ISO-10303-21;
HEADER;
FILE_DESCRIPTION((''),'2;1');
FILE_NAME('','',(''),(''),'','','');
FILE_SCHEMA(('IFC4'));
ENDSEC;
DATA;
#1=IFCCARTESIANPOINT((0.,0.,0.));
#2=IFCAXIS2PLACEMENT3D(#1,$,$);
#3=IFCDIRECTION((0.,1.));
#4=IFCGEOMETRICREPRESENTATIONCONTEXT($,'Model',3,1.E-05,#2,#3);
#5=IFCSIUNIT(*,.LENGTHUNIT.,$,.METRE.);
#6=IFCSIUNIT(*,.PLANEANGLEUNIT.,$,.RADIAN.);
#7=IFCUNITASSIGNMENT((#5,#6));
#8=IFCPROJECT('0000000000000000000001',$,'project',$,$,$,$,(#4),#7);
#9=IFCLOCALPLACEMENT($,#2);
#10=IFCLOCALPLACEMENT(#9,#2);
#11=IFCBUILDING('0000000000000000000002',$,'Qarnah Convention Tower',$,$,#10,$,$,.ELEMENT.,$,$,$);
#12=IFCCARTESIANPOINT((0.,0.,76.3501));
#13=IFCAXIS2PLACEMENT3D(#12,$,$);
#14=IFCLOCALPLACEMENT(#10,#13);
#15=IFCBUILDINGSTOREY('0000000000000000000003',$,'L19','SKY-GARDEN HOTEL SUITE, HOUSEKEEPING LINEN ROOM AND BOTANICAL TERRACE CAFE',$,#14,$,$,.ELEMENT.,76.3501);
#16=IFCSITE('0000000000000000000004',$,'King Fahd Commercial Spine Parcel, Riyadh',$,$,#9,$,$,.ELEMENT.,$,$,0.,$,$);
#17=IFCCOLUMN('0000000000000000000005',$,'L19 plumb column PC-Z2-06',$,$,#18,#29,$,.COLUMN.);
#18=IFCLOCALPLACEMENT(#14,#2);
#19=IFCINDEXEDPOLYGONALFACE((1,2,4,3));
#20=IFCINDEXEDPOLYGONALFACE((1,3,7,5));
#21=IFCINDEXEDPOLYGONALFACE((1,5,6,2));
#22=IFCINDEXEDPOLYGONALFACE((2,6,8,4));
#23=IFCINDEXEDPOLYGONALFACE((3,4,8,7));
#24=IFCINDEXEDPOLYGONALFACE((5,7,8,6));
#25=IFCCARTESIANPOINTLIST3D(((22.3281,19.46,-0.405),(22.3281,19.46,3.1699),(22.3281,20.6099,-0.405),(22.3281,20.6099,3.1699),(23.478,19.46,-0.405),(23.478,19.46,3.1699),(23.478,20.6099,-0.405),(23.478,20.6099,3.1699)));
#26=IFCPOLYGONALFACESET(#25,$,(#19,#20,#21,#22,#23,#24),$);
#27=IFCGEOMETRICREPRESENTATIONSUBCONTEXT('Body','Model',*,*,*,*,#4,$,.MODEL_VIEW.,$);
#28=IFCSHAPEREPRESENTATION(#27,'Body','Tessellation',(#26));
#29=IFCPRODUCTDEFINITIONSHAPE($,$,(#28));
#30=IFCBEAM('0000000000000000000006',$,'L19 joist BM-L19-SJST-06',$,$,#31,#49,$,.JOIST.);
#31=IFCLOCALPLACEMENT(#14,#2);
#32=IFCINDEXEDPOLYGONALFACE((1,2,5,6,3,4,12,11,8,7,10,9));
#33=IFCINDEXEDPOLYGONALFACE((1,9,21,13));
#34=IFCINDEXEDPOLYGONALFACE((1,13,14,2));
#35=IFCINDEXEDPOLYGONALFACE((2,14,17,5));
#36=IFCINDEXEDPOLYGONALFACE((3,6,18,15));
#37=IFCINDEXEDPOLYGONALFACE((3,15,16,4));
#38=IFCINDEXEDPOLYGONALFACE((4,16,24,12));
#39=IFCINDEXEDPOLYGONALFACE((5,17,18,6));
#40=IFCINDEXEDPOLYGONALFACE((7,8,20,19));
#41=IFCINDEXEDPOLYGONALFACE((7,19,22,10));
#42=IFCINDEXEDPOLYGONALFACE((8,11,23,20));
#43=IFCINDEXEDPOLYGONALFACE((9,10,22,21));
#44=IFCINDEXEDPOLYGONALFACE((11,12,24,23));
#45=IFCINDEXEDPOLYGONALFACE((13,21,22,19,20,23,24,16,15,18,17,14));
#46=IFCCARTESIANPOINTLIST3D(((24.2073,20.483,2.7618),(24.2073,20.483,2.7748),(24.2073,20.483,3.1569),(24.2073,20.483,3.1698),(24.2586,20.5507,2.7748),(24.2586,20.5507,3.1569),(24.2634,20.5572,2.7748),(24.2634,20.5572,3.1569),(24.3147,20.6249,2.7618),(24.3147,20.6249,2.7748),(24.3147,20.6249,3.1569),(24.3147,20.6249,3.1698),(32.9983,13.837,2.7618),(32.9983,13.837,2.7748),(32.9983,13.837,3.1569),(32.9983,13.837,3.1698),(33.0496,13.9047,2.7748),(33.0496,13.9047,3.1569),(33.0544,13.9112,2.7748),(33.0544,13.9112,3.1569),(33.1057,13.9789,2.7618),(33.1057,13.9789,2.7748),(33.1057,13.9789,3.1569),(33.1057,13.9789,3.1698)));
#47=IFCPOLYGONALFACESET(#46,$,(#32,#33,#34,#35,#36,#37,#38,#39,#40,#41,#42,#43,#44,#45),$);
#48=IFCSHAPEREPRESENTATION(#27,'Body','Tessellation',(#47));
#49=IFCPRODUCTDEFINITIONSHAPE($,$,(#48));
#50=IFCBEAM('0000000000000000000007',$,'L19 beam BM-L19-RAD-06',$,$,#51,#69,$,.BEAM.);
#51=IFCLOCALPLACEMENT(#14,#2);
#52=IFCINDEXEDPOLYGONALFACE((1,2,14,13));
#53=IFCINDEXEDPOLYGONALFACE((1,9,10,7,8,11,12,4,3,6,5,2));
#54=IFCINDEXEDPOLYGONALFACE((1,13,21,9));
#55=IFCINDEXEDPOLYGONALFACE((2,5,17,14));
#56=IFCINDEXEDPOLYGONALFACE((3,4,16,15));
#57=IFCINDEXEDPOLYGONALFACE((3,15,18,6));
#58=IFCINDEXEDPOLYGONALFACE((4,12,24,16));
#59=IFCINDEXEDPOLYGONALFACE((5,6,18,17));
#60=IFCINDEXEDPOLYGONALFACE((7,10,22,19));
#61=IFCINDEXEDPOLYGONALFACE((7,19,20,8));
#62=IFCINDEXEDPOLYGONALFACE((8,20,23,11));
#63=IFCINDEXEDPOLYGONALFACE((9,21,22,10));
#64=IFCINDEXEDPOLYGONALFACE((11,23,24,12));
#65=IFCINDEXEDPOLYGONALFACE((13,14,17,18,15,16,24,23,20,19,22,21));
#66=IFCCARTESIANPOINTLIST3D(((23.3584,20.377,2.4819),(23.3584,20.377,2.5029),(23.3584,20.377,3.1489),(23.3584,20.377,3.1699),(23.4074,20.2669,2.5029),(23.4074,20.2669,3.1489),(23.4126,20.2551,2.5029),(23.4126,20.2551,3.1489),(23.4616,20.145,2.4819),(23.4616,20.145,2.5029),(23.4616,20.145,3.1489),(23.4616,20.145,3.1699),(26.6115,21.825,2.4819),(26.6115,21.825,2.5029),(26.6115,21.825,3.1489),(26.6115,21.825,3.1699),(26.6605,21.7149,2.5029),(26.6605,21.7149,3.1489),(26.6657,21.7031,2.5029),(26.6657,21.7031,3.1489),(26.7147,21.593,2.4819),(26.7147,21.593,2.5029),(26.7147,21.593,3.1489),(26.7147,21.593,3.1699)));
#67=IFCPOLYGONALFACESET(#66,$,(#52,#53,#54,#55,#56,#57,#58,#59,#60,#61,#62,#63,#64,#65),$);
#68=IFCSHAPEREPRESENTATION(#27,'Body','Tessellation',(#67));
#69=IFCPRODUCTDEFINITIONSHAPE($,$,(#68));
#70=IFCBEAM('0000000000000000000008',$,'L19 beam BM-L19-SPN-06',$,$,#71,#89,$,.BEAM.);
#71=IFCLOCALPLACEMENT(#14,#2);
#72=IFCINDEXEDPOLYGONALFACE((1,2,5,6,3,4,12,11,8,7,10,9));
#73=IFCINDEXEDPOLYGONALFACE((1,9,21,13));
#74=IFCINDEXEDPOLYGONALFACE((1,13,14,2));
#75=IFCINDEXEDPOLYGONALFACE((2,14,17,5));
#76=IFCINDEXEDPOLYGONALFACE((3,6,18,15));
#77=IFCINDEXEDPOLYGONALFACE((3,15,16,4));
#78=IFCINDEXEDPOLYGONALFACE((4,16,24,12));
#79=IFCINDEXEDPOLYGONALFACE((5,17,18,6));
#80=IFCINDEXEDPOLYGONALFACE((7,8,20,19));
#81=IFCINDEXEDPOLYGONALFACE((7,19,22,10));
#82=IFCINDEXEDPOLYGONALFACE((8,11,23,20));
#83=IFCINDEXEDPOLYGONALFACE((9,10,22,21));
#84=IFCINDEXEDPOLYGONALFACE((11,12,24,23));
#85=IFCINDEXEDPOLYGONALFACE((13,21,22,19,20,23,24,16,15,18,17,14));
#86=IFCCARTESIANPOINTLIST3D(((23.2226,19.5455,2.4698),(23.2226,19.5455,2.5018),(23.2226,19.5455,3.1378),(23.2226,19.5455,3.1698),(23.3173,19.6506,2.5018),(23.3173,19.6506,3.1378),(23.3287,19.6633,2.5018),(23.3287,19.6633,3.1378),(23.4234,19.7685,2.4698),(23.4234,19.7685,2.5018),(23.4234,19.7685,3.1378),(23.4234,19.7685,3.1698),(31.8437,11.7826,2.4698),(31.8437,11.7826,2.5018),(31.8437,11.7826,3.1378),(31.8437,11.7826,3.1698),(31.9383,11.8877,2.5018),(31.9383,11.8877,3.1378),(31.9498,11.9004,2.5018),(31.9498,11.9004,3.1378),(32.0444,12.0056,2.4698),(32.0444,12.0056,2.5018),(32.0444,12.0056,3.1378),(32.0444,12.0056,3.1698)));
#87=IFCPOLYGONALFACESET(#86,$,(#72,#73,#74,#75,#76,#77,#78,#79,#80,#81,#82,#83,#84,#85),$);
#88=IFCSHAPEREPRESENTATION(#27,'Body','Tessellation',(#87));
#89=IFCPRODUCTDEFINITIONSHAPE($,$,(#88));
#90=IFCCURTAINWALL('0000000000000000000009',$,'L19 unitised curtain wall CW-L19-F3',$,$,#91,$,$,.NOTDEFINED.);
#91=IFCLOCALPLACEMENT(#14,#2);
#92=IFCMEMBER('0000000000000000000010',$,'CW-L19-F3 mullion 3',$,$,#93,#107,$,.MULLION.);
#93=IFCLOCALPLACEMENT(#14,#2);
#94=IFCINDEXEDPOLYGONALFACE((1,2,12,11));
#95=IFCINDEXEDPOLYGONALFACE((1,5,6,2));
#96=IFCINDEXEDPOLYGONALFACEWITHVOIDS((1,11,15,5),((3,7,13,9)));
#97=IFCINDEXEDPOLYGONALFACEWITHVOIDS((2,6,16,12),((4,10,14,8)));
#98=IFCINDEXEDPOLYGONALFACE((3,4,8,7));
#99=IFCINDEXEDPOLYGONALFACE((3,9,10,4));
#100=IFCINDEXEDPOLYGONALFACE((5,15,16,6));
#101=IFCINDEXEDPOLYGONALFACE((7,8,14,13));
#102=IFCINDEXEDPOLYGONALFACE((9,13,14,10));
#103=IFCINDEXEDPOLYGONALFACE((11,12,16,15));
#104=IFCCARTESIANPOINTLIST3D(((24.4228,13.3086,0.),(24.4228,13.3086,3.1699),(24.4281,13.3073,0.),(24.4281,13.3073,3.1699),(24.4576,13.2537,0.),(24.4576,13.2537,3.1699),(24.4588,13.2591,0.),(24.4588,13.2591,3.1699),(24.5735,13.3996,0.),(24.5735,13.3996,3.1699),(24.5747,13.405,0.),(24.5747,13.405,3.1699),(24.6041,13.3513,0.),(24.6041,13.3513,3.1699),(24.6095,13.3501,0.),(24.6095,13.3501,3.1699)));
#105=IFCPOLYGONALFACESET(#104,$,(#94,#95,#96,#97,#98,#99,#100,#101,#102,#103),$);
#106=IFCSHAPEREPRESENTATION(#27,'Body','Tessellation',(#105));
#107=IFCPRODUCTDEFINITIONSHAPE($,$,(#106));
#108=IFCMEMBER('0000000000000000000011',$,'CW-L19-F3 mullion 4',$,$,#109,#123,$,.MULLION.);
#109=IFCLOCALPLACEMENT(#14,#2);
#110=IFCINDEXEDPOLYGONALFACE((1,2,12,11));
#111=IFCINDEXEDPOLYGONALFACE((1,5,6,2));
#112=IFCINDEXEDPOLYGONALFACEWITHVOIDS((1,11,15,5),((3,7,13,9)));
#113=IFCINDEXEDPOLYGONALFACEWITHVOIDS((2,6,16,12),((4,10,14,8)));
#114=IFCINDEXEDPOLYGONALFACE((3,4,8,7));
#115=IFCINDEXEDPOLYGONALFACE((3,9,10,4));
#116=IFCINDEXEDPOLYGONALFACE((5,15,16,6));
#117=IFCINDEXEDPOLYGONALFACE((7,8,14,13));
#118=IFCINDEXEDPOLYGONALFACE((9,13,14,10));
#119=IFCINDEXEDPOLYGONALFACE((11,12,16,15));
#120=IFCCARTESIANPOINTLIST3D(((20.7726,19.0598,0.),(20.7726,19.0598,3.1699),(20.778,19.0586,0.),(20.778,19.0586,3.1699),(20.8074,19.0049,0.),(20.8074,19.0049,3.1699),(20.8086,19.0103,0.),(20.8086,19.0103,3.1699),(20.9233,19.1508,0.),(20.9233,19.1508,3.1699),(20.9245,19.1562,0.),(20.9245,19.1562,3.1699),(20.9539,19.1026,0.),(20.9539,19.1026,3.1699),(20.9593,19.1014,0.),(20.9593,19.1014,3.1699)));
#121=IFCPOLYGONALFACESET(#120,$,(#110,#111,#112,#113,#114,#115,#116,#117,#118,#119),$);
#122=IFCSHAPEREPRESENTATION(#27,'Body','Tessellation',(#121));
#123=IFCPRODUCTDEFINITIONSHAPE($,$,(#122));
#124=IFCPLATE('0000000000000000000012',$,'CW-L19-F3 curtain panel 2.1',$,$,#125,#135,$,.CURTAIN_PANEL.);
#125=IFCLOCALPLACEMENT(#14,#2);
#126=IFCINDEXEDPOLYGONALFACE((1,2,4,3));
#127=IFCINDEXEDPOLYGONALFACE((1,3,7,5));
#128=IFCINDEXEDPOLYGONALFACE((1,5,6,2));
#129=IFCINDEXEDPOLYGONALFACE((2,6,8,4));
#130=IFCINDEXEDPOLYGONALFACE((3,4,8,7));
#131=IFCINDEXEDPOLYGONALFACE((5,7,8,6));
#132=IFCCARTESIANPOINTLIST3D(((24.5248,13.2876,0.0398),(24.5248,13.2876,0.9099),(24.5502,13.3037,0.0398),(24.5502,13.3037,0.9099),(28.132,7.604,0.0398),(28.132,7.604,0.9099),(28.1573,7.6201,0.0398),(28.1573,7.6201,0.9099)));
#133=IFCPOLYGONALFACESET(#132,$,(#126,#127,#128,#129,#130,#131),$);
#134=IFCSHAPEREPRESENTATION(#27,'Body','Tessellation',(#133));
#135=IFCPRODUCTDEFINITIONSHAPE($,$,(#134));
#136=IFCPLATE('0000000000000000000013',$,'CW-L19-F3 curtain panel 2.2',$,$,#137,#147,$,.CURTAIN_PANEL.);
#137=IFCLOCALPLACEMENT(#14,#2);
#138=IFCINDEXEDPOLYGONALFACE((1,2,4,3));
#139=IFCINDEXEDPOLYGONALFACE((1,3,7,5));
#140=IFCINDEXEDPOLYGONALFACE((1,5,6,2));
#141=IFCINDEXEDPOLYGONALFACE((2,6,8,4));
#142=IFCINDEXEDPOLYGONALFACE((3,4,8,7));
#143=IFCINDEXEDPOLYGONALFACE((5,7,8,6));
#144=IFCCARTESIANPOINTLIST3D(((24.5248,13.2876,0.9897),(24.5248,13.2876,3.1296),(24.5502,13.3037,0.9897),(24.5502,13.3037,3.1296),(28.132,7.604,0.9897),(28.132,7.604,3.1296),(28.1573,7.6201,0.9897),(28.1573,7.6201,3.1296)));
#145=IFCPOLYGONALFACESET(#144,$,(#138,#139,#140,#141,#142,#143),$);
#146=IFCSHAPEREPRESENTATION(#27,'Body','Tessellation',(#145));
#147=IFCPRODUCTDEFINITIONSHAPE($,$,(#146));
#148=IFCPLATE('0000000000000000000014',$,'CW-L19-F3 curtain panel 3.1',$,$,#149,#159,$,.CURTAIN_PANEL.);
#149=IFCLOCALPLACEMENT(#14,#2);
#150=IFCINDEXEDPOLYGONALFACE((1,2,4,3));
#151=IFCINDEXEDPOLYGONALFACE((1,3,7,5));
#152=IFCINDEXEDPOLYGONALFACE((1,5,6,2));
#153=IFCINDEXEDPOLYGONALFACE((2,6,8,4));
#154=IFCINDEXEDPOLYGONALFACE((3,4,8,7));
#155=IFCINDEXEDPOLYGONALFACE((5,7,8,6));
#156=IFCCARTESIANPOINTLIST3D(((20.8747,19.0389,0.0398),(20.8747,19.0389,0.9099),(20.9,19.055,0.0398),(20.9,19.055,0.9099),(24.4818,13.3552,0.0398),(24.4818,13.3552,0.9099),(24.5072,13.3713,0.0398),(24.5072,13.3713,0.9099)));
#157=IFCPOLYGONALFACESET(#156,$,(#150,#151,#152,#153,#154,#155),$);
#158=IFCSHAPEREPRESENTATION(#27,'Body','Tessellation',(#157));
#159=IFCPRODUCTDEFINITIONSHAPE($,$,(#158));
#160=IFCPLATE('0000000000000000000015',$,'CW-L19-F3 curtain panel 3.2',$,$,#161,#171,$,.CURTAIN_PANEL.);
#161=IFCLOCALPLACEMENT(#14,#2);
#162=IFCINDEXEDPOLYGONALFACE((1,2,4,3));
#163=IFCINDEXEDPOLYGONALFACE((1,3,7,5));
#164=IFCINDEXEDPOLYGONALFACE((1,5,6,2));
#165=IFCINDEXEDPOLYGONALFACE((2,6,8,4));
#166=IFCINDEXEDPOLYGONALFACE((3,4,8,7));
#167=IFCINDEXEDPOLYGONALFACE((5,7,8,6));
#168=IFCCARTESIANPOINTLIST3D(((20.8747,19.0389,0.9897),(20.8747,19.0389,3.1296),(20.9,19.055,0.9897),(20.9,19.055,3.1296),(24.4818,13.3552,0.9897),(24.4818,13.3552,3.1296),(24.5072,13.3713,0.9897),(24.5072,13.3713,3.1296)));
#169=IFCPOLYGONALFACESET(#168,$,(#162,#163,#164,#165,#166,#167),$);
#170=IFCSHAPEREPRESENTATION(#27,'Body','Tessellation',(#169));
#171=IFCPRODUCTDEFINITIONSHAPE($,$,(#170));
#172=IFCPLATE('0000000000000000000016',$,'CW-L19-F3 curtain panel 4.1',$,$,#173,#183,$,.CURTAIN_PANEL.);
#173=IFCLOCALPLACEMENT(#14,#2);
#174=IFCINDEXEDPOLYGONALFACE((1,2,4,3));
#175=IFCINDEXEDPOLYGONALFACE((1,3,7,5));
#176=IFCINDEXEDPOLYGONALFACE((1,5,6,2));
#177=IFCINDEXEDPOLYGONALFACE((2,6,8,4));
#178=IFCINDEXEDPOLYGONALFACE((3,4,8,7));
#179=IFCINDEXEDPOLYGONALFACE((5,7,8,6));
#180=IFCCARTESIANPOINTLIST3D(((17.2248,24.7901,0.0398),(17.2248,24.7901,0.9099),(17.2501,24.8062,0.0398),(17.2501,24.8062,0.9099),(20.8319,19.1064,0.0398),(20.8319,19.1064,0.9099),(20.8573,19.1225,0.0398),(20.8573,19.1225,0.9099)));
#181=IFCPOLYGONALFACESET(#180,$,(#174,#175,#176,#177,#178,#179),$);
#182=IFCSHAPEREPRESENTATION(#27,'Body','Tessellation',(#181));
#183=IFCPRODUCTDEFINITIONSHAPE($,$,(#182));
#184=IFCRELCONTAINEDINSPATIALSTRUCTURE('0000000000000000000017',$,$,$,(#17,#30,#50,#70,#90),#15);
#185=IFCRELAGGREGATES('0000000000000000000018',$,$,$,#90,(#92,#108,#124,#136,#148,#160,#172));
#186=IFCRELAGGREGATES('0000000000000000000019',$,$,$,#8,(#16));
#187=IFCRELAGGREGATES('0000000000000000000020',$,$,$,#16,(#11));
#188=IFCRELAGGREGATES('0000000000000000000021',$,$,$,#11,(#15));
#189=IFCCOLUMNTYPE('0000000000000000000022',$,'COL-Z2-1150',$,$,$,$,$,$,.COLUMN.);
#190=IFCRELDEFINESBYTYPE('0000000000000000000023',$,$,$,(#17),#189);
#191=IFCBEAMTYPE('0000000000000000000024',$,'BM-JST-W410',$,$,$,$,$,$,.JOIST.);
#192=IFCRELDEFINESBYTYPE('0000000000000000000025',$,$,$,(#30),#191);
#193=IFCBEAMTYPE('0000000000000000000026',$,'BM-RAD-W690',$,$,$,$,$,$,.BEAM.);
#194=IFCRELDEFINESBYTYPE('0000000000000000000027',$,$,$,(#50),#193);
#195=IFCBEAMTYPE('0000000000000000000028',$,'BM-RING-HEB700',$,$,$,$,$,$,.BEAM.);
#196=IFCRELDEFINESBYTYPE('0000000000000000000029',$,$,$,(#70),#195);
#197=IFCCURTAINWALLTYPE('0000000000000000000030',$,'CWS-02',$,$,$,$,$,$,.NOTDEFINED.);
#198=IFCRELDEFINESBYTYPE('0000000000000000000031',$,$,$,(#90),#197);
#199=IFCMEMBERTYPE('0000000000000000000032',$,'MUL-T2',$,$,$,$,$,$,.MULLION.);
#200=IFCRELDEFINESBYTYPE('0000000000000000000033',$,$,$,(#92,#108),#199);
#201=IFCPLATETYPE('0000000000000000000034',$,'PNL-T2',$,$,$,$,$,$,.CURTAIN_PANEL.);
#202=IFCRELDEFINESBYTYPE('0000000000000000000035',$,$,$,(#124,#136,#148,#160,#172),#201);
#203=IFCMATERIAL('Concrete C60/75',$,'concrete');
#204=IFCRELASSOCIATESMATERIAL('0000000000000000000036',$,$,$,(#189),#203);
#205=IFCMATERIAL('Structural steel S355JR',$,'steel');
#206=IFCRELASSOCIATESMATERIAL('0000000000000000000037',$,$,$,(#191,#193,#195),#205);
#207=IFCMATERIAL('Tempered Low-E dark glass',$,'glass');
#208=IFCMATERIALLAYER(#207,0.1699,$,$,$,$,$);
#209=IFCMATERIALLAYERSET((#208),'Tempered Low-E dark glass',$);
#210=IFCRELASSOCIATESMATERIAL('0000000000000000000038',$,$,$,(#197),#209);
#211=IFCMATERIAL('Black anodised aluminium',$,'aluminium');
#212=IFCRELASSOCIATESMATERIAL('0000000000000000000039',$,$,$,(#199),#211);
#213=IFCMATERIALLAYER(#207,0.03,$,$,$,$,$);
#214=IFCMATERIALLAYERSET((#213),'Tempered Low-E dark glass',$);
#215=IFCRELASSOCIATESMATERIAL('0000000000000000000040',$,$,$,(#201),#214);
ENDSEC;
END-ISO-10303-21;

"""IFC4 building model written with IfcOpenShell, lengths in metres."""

from ifc_helpers import new_model, si_unit, direction, frame, origin, origin_2d, place, context, subcontext, project, spatial, rectangle, hollow_rectangle, i_section, extrude, material, layer, layer_set, material_profile, profile_set, type_object, element, aggregate, save


model = new_model("IFC4")

# Units and contexts
model_context = context("Model", 3, precision=1e-05, world=origin(), true_north=direction((0.0, 1.0)))
body_context = subcontext(model_context, "Body", "Model", "MODEL_VIEW")
ifc_project = project(units=[si_unit("LENGTHUNIT", "METRE"), si_unit("PLANEANGLEUNIT", "RADIAN")], contexts=[model_context])

# Site, building, storey
site_placement = place(None, origin())
site = spatial("IfcSite", under=ifc_project, at=site_placement, Name="King Fahd Commercial Spine Parcel, Riyadh", CompositionType="ELEMENT", RefElevation=0.0)
building_placement = place(site_placement, origin())
building = spatial("IfcBuilding", under=site, at=building_placement, Name="Qarnah Convention Tower", CompositionType="ELEMENT")
storey_placement = place(building_placement, frame((0.0, 0.0, 76.3501)))
storey = spatial("IfcBuildingStorey", under=building, at=storey_placement, Name="L19", Description="SKY-GARDEN HOTEL SUITE, HOUSEKEEPING LINEN ROOM AND BOTANICAL TERRACE CAFE", CompositionType="ELEMENT", Elevation=76.3501)

# Column
ifc_material_1 = material(Name="Concrete C60/75", Category="concrete")
ifc_material_profile_1 = material_profile(ifc_material_1, rectangle(XDim=1.1499, YDim=1.1499, at=origin_2d()), Name="RC-COL-1150X1150")
ifc_profile_set_1 = profile_set([ifc_material_profile_1], Name="Concrete C60/75")
column_type = type_object("IfcColumnType", Name="COL-Z2-1150", PredefinedType="COLUMN", material=ifc_profile_set_1)
column_placement = place(storey_placement, frame((22.9031, 20.0349, -0.405), z_axis=(0.0, 0.0, 1.0), x_axis=(1.0, 0.0, 0.0)))
element("IfcColumn", 1, at=column_placement, inside=storey, type_object=column_type, Name="L19 plumb column PC-Z2-06", PredefinedType="COLUMN", context=body_context, shape_type="SweptSolid", body=[
    extrude(rectangle(XDim=1.1499, YDim=1.1499, at=origin_2d()), origin(), (0.0, 0.0, 1.0), 3.575),
])

# Beams
ifc_material_2 = material(Name="Structural steel S355JR", Category="steel")
ifc_material_profile_2 = material_profile(ifc_material_2, i_section(OverallWidth=0.178, OverallDepth=0.408, WebThickness=0.0081, FlangeThickness=0.0129, at=origin_2d()), Name="W410X60")
ifc_profile_set_2 = profile_set([ifc_material_profile_2], Name="Structural steel S355JR")
beam_type_1 = type_object("IfcBeamType", Name="BM-JST-W410", PredefinedType="JOIST", material=ifc_profile_set_2)
beam_1_placement = place(storey_placement, frame((24.261, 20.554, 2.9658), z_axis=(0.797697, -0.603058, 0.0), x_axis=(0.603058, 0.797697, 0.0)))
element("IfcBeam", 2, at=beam_1_placement, inside=storey, type_object=beam_type_1, Name="L19 joist BM-L19-SJST-06", PredefinedType="JOIST", context=body_context, shape_type="SweptSolid", body=[
    extrude(i_section(OverallWidth=0.178, OverallDepth=0.408, WebThickness=0.0081, FlangeThickness=0.0129, at=origin_2d()), origin(), (0.0, 0.0, 1.0), 11.0205),
])
ifc_material_profile_3 = material_profile(ifc_material_2, i_section(OverallWidth=0.2539, OverallDepth=0.688, WebThickness=0.0129, FlangeThickness=0.021, at=origin_2d()), Name="W690X152")
ifc_profile_set_3 = profile_set([ifc_material_profile_3], Name="Structural steel S355JR")
beam_type_2 = type_object("IfcBeamType", Name="BM-RAD-W690", PredefinedType="BEAM", material=ifc_profile_set_3)
beam_2_placement = place(storey_placement, frame((26.6631, 21.709, 2.8259), z_axis=(-0.913588, -0.406641, 0.0), x_axis=(0.406641, -0.913588, 0.0)))
element("IfcBeam", 3, at=beam_2_placement, inside=storey, type_object=beam_type_2, Name="L19 beam BM-L19-RAD-06", PredefinedType="BEAM", context=body_context, shape_type="SweptSolid", body=[
    extrude(i_section(OverallWidth=0.2539, OverallDepth=0.688, WebThickness=0.0129, FlangeThickness=0.021, at=origin_2d()), origin(), (0.0, 0.0, 1.0), 3.5608),
])
ifc_material_profile_4 = material_profile(ifc_material_2, i_section(OverallWidth=0.3, OverallDepth=0.7, WebThickness=0.0171, FlangeThickness=0.032, at=origin_2d()), Name="HEB700")
ifc_profile_set_4 = profile_set([ifc_material_profile_4], Name="Structural steel S355JR")
beam_type_3 = type_object("IfcBeamType", Name="BM-RING-HEB700", PredefinedType="BEAM", material=ifc_profile_set_4)
beam_3_placement = place(storey_placement, frame((23.323, 19.657, 2.8198), z_axis=(0.743125, -0.669153, 0.0), x_axis=(0.669153, 0.743125, 0.0)))
element("IfcBeam", 4, at=beam_3_placement, inside=storey, type_object=beam_type_3, Name="L19 beam BM-L19-SPN-06", PredefinedType="BEAM", context=body_context, shape_type="SweptSolid", body=[
    extrude(i_section(OverallWidth=0.3, OverallDepth=0.7, WebThickness=0.0171, FlangeThickness=0.032, at=origin_2d()), origin(), (0.0, 0.0, 1.0), 11.6011),
])

# Curtain wall, members, plates
ifc_material_3 = material(Name="Tempered Low-E dark glass", Category="glass")
ifc_layer_1 = layer(ifc_material_3, 0.1699)
ifc_layer_set_1 = layer_set([ifc_layer_1], Name="Tempered Low-E dark glass")
curtain_wall_type = type_object("IfcCurtainWallType", Name="CWS-02", PredefinedType="NOTDEFINED", material=ifc_layer_set_1)
curtain_wall_placement = place(storey_placement, origin())
curtain_wall = element("IfcCurtainWall", 5, at=curtain_wall_placement, inside=storey, type_object=curtain_wall_type, Name="L19 unitised curtain wall CW-L19-F3", PredefinedType="NOTDEFINED")
ifc_material_4 = material(Name="Black anodised aluminium", Category="aluminium")
ifc_material_profile_5 = material_profile(ifc_material_4, hollow_rectangle(XDim=0.0649, YDim=0.1799, WallThickness=0.0039, at=origin_2d()), Name="MUL-65X180")
ifc_profile_set_5 = profile_set([ifc_material_profile_5], Name="Black anodised aluminium")
member_type = type_object("IfcMemberType", Name="MUL-T2", PredefinedType="MULLION", material=ifc_profile_set_5)
member_1_placement = place(storey_placement, frame((24.5161, 13.3293, 0.0), z_axis=(0.0, 0.0, 1.0), x_axis=(-0.535845, 0.844316, 0.0)))
member_1 = element("IfcMember", 6, at=member_1_placement, type_object=member_type, Name="CW-L19-F3 mullion 3", PredefinedType="MULLION", context=body_context, shape_type="SweptSolid", body=[
    extrude(hollow_rectangle(XDim=0.0649, YDim=0.1799, WallThickness=0.0039, at=origin_2d()), origin(), (0.0, 0.0, 1.0), 3.1699),
])
member_2_placement = place(storey_placement, frame((20.866, 19.0806, 0.0), z_axis=(0.0, 0.0, 1.0), x_axis=(-0.535845, 0.844316, 0.0)))
member_2 = element("IfcMember", 7, at=member_2_placement, type_object=member_type, Name="CW-L19-F3 mullion 4", PredefinedType="MULLION", context=body_context, shape_type="SweptSolid", body=[
    extrude(hollow_rectangle(XDim=0.0649, YDim=0.1799, WallThickness=0.0039, at=origin_2d()), origin(), (0.0, 0.0, 1.0), 3.1699),
])
ifc_layer_2 = layer(ifc_material_3, 0.03)
ifc_layer_set_2 = layer_set([ifc_layer_2], Name="Tempered Low-E dark glass")
plate_type = type_object("IfcPlateType", Name="PNL-T2", PredefinedType="CURTAIN_PANEL", material=ifc_layer_set_2)
plate_1_placement = place(storey_placement, frame((26.3411, 10.4539, 0.0398), z_axis=(0.0, 0.0, 1.0), x_axis=(-0.535845, 0.844316, 0.0)))
plate_1 = element("IfcPlate", 8, at=plate_1_placement, type_object=plate_type, Name="CW-L19-F3 curtain panel 2.1", PredefinedType="CURTAIN_PANEL", context=body_context, shape_type="SweptSolid", body=[
    extrude(rectangle(XDim=6.7317, YDim=0.03, at=origin_2d()), origin(), (0.0, 0.0, 1.0), 0.8701),
])
plate_2_placement = place(storey_placement, frame((26.3411, 10.4539, 0.9897), z_axis=(0.0, 0.0, 1.0), x_axis=(-0.535845, 0.844316, 0.0)))
plate_2 = element("IfcPlate", 9, at=plate_2_placement, type_object=plate_type, Name="CW-L19-F3 curtain panel 2.2", PredefinedType="CURTAIN_PANEL", context=body_context, shape_type="SweptSolid", body=[
    extrude(rectangle(XDim=6.7317, YDim=0.03, at=origin_2d()), origin(), (0.0, 0.0, 1.0), 2.1399),
])
plate_3_placement = place(storey_placement, frame((22.6909, 16.2051, 0.0398), z_axis=(0.0, 0.0, 1.0), x_axis=(-0.535845, 0.844316, 0.0)))
plate_3 = element("IfcPlate", 10, at=plate_3_placement, type_object=plate_type, Name="CW-L19-F3 curtain panel 3.1", PredefinedType="CURTAIN_PANEL", context=body_context, shape_type="SweptSolid", body=[
    extrude(rectangle(XDim=6.7317, YDim=0.03, at=origin_2d()), origin(), (0.0, 0.0, 1.0), 0.8701),
])
plate_4_placement = place(storey_placement, frame((22.6909, 16.2051, 0.9897), z_axis=(0.0, 0.0, 1.0), x_axis=(-0.535845, 0.844316, 0.0)))
plate_4 = element("IfcPlate", 11, at=plate_4_placement, type_object=plate_type, Name="CW-L19-F3 curtain panel 3.2", PredefinedType="CURTAIN_PANEL", context=body_context, shape_type="SweptSolid", body=[
    extrude(rectangle(XDim=6.7317, YDim=0.03, at=origin_2d()), origin(), (0.0, 0.0, 1.0), 2.1399),
])
plate_5_placement = place(storey_placement, frame((19.041, 21.9563, 0.0398), z_axis=(0.0, 0.0, 1.0), x_axis=(-0.535845, 0.844316, 0.0)))
plate_5 = element("IfcPlate", 12, at=plate_5_placement, type_object=plate_type, Name="CW-L19-F3 curtain panel 4.1", PredefinedType="CURTAIN_PANEL", context=body_context, shape_type="SweptSolid", body=[
    extrude(rectangle(XDim=6.7317, YDim=0.03, at=origin_2d()), origin(), (0.0, 0.0, 1.0), 0.8701),
])
aggregate(curtain_wall, [member_1, member_2, plate_1, plate_2, plate_3, plate_4, plate_5])

save(model, "model.ifc")
